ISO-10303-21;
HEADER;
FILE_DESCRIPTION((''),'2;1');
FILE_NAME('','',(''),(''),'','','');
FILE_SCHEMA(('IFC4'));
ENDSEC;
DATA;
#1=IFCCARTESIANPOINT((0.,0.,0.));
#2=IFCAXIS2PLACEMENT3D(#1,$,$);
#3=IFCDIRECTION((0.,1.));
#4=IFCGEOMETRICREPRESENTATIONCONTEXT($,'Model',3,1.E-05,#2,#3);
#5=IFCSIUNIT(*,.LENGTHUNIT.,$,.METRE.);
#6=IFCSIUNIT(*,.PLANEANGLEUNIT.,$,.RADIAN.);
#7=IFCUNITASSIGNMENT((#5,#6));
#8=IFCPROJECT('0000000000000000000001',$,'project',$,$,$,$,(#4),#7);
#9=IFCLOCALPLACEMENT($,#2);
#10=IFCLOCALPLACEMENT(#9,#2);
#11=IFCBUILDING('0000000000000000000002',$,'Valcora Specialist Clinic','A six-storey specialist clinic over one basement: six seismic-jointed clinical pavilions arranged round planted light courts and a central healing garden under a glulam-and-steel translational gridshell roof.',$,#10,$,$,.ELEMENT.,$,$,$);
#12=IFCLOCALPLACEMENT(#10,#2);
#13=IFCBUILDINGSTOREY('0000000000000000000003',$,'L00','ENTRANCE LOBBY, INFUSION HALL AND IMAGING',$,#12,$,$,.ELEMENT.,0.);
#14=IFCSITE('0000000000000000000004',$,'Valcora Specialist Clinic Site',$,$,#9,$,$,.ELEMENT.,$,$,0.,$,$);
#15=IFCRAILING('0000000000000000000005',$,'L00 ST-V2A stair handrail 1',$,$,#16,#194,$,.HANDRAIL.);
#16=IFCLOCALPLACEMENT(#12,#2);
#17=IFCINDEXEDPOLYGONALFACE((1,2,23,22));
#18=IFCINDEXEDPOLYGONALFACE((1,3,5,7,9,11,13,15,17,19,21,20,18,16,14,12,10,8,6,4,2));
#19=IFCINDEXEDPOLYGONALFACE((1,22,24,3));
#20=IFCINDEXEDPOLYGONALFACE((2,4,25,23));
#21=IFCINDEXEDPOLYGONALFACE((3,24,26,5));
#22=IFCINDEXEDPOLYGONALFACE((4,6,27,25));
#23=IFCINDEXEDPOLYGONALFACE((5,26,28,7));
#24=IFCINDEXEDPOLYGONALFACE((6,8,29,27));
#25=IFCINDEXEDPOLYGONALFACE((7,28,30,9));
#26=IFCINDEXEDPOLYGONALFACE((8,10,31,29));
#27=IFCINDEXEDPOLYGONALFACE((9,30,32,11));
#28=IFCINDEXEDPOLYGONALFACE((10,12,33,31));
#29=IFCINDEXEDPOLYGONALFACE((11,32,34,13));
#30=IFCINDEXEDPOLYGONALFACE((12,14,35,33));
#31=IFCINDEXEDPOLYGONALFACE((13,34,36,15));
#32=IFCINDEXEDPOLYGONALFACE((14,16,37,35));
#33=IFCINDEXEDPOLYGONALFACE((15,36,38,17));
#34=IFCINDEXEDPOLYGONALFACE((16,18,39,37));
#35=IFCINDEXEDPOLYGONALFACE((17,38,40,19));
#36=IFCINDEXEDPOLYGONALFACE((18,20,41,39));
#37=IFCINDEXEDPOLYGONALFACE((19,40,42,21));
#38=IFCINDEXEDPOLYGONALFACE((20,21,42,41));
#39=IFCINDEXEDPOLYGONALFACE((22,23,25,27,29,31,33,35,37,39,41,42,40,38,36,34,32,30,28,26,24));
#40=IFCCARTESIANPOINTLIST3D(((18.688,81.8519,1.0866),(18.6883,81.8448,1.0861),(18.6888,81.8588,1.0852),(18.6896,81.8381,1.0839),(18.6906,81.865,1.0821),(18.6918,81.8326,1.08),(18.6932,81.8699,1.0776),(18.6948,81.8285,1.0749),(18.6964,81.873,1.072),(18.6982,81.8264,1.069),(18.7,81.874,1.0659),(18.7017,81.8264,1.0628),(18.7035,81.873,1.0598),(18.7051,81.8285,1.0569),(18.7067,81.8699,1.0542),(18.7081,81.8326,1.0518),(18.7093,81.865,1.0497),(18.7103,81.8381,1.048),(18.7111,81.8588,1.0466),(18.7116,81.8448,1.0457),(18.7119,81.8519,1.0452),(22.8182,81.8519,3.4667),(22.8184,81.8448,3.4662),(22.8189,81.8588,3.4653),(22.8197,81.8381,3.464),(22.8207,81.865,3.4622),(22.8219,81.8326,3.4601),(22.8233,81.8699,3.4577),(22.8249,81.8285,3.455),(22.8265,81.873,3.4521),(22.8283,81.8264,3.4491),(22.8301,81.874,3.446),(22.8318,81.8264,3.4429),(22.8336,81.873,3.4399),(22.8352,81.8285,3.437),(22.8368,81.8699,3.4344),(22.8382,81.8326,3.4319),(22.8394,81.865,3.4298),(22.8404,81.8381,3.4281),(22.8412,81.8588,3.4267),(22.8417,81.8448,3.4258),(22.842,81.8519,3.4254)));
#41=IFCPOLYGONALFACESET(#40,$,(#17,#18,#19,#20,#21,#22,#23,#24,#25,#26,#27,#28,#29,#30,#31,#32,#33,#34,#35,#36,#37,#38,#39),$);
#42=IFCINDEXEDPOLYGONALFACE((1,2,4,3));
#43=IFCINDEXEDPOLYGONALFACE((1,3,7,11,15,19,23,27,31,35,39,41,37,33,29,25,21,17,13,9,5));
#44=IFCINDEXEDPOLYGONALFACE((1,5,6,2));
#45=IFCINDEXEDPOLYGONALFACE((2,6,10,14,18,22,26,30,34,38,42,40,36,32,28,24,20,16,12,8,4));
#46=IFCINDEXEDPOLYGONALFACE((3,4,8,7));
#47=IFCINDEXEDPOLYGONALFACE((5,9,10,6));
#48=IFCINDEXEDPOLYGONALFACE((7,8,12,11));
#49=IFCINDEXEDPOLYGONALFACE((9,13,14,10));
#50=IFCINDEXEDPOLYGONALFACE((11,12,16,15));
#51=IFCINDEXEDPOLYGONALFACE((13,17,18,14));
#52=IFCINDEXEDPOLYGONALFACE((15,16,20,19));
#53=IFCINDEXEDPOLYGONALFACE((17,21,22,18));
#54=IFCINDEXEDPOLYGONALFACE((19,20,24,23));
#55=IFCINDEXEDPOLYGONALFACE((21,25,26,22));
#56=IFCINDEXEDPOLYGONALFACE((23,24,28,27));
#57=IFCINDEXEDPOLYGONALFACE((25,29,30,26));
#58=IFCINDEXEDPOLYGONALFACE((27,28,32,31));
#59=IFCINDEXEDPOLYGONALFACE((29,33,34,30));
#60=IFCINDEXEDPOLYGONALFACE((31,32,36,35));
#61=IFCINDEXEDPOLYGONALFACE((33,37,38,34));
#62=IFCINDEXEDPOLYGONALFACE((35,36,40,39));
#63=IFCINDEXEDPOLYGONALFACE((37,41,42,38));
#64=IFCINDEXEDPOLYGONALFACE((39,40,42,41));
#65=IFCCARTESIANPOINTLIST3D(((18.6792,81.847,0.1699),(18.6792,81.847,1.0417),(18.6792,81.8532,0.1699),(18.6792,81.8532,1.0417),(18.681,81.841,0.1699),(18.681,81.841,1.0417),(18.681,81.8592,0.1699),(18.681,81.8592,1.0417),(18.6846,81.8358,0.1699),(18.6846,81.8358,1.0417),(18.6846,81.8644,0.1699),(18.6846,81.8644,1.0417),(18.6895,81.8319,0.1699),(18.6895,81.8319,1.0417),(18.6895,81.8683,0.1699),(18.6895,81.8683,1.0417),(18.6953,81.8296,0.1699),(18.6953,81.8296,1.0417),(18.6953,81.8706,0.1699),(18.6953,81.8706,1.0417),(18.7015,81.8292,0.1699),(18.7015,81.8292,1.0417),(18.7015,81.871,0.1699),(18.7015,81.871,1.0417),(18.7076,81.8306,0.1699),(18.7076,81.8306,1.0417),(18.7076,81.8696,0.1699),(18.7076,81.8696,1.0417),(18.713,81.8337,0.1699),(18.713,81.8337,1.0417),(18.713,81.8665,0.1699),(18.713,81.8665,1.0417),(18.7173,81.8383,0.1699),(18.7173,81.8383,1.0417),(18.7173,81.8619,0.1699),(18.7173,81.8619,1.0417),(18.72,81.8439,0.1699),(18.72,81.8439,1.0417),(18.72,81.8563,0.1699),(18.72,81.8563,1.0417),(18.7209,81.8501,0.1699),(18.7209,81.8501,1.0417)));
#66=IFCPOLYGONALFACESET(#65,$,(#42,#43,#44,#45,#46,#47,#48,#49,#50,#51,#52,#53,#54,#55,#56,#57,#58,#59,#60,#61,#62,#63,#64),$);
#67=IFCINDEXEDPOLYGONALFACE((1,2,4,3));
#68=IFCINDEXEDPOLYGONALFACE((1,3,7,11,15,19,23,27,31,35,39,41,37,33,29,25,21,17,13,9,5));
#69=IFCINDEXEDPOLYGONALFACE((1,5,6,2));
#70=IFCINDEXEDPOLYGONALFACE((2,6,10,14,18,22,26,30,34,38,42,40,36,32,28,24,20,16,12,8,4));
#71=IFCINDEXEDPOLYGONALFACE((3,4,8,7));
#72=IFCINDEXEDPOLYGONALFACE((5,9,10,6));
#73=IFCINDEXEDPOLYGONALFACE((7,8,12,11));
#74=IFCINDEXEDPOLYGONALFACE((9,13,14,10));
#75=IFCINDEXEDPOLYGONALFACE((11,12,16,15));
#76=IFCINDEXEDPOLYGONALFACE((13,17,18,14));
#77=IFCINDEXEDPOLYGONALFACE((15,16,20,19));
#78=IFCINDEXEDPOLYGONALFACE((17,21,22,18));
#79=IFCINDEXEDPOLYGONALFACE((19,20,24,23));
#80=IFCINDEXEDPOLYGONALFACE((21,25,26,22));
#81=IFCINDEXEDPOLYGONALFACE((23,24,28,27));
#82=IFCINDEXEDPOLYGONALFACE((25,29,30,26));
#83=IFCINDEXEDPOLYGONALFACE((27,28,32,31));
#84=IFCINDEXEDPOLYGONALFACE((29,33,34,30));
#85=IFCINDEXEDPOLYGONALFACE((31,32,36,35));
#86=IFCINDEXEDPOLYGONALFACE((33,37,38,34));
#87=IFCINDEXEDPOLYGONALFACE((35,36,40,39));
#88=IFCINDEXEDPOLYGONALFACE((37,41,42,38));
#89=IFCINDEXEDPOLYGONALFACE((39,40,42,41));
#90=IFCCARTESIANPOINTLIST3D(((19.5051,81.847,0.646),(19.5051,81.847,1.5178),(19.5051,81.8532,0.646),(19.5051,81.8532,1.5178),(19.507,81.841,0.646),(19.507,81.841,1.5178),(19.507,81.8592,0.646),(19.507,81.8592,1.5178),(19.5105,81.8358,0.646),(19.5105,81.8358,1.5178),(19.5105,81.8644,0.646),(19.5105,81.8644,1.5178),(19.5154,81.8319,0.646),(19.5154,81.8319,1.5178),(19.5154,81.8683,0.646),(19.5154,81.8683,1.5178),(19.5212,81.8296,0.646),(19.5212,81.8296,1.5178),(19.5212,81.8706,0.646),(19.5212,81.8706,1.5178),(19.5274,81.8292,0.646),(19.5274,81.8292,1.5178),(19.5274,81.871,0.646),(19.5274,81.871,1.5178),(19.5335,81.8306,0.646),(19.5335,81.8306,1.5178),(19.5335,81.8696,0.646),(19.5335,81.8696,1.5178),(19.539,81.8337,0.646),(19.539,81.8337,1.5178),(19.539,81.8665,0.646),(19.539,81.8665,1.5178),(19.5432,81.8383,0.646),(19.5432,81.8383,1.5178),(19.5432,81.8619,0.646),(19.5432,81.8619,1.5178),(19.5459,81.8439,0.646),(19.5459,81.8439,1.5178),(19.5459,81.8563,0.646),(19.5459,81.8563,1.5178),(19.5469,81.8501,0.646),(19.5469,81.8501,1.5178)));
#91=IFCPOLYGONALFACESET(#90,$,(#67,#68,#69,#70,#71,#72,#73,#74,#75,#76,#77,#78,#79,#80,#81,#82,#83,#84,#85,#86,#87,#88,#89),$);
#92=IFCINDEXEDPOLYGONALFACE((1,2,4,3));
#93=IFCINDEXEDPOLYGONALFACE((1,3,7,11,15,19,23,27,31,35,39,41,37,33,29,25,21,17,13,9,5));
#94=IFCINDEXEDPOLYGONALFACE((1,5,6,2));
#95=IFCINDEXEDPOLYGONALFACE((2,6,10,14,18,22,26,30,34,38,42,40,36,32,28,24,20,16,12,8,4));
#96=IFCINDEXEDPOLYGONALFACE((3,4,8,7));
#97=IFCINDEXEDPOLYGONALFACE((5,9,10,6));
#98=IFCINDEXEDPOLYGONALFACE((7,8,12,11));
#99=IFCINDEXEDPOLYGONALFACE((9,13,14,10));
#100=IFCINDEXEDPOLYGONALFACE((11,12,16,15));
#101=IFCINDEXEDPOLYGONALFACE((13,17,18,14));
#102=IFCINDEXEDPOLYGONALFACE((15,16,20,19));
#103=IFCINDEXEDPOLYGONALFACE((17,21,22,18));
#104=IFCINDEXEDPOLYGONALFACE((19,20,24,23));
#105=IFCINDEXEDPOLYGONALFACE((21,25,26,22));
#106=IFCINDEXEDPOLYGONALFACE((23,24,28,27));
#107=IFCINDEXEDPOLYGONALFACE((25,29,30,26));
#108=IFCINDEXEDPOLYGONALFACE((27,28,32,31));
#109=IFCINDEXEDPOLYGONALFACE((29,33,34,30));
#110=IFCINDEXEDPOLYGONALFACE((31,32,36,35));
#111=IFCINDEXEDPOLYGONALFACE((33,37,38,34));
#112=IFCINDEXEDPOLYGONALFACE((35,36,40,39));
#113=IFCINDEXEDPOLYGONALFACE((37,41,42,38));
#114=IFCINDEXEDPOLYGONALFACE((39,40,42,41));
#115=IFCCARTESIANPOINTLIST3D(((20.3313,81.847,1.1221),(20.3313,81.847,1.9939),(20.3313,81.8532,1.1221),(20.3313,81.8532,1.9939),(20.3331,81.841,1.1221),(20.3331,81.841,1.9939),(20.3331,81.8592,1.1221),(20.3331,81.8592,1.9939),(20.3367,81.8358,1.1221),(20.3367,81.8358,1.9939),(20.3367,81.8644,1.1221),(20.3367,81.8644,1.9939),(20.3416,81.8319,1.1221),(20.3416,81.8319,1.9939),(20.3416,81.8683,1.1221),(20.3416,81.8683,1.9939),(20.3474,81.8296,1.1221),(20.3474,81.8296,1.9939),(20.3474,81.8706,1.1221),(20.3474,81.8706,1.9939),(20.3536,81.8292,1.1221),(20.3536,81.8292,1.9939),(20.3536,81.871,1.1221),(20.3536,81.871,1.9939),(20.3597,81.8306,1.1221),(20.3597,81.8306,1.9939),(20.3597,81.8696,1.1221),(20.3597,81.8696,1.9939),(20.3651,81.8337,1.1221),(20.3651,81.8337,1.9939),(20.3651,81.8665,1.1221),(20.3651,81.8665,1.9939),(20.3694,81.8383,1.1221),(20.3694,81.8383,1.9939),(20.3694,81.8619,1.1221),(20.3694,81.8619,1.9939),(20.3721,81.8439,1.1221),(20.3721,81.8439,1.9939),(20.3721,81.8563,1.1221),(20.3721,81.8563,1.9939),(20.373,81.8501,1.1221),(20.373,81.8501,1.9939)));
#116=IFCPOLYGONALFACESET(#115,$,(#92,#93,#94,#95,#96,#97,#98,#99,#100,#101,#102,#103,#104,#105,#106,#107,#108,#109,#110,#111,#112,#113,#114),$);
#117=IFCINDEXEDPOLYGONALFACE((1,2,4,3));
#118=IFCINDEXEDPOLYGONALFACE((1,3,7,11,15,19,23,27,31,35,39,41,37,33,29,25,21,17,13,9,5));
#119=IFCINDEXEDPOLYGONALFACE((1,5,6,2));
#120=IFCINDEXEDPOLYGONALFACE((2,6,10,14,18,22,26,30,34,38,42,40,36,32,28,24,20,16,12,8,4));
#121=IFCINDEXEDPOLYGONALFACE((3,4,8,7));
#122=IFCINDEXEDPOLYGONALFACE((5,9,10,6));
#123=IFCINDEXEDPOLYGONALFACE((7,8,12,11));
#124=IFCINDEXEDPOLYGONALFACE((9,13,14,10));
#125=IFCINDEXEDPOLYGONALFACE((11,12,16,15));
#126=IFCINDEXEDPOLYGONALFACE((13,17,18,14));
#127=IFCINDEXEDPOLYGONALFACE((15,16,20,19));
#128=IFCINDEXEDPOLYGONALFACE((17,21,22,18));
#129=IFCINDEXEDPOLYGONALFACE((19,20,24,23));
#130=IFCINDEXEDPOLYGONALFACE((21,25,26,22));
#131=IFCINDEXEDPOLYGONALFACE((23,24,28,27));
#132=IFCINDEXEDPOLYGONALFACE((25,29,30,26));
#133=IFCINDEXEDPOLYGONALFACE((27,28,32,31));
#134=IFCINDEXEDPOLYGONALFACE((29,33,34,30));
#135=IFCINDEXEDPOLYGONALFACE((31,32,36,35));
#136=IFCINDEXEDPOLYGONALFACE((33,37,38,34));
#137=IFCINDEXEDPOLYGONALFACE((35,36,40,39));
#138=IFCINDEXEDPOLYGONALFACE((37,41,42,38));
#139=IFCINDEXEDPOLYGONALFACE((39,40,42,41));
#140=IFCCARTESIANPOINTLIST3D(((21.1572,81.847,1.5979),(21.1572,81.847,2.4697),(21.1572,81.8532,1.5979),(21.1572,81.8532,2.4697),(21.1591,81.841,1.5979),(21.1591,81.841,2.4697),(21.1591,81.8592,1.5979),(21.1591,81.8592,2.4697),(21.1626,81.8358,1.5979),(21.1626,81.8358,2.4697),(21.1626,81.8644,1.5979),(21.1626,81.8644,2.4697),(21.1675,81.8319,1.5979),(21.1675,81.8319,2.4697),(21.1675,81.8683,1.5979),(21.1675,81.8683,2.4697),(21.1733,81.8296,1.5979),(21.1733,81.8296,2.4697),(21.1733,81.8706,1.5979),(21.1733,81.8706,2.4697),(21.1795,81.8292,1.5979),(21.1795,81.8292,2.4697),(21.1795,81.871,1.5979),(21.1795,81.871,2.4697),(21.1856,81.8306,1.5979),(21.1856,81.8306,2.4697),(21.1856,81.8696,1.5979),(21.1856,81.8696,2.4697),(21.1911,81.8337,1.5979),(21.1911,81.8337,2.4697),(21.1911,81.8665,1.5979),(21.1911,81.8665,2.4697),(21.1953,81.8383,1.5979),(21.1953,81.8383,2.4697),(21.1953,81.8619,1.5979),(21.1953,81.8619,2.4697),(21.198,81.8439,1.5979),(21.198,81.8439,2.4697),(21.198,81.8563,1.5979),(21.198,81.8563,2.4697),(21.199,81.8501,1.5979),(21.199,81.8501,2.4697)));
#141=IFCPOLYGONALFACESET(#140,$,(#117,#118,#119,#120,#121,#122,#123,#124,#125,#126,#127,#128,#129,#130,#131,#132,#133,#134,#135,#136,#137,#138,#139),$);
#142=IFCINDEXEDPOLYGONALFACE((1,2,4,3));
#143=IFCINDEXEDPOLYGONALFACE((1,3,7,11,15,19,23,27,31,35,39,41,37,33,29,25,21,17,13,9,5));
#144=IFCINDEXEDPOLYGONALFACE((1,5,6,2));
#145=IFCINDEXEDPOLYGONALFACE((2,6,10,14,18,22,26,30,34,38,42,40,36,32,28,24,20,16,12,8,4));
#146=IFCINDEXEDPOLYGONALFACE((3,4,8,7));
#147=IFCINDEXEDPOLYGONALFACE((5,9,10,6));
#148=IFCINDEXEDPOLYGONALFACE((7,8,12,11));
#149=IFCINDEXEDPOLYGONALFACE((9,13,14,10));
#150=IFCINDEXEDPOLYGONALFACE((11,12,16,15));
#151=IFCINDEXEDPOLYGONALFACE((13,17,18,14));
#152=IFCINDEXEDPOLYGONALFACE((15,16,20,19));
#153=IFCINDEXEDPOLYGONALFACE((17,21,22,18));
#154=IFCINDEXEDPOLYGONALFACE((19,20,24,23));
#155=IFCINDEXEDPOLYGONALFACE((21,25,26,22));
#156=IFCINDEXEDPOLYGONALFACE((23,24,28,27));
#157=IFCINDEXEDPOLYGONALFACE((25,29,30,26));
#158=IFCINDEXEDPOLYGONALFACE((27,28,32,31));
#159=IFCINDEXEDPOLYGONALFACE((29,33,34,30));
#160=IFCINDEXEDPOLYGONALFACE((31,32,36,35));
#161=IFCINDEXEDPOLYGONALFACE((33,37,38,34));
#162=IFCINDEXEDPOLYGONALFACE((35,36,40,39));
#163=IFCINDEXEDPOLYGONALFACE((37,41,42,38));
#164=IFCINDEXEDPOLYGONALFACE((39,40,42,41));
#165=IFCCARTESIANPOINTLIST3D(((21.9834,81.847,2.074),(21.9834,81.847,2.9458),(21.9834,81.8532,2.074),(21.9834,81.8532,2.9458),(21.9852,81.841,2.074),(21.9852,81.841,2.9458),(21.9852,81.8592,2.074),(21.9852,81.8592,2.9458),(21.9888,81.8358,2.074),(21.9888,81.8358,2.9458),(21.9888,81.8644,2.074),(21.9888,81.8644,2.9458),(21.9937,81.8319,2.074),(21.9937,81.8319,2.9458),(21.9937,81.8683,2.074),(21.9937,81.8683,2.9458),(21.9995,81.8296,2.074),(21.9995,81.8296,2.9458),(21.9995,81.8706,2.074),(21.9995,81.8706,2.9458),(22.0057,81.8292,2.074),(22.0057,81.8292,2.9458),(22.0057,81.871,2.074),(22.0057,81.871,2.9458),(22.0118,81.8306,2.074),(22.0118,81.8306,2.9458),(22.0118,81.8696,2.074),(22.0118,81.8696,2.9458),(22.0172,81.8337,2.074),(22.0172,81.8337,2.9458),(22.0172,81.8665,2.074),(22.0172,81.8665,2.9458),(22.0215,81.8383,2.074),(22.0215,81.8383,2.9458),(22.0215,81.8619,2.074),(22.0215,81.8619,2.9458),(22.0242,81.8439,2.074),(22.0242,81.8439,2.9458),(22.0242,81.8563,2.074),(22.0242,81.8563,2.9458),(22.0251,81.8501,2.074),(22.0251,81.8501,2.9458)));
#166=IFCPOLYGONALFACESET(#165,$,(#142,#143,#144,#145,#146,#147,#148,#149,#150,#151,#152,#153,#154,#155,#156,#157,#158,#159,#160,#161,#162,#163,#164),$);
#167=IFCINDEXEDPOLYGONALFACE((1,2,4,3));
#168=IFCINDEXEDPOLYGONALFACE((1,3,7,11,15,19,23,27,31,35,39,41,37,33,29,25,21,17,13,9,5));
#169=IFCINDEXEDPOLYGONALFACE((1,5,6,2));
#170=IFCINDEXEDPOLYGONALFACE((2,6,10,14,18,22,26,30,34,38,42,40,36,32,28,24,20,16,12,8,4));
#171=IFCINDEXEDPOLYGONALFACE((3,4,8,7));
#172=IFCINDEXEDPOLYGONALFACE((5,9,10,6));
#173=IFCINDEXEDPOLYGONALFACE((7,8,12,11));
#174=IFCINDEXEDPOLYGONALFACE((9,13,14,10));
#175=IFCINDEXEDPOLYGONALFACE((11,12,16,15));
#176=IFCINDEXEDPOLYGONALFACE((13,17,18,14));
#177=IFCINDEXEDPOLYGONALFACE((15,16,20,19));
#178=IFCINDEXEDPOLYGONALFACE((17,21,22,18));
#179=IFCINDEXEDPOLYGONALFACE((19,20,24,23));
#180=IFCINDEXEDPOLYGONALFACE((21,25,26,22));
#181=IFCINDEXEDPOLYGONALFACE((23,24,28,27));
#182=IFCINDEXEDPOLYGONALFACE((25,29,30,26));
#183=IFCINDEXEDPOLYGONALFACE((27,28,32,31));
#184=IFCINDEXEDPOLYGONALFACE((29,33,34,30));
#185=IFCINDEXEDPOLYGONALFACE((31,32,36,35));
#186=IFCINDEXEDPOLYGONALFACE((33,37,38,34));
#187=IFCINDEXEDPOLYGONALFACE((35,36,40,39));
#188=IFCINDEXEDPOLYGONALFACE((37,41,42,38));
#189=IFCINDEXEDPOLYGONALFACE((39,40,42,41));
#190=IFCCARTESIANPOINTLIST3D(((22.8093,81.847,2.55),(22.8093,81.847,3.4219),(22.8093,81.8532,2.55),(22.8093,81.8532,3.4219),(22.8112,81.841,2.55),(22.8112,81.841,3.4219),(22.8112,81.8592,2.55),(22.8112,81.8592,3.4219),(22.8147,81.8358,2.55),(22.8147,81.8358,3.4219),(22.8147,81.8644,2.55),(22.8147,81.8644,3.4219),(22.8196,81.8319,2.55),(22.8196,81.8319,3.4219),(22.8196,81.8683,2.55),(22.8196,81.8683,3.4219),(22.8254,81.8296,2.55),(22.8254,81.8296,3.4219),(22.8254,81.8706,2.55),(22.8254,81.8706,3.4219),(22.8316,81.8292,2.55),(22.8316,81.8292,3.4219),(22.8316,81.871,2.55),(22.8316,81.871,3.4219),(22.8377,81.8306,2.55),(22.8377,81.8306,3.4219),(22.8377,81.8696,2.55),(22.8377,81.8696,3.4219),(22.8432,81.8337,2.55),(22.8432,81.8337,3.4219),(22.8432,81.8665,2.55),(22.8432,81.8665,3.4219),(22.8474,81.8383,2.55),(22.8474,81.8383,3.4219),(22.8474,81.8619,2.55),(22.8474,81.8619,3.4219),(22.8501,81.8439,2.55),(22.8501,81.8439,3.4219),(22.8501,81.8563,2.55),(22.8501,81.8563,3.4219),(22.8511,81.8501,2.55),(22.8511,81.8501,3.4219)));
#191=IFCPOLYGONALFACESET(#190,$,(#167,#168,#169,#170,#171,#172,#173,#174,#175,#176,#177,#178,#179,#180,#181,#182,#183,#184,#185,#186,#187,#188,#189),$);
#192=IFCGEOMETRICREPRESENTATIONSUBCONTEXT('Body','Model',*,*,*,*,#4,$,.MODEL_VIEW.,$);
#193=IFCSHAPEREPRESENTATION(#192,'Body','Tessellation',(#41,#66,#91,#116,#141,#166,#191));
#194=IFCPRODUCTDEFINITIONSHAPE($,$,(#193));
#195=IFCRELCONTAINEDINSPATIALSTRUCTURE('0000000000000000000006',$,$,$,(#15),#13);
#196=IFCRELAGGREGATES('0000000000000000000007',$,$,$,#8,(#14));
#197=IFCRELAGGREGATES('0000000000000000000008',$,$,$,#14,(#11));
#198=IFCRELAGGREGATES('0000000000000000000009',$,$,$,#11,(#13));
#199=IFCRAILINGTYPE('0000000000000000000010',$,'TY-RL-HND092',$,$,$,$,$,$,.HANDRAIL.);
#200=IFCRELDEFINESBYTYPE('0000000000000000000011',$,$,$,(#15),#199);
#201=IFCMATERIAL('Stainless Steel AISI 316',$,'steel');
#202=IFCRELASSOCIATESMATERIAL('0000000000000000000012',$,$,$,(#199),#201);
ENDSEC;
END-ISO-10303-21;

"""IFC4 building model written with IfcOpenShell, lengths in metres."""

from ifc_helpers import new_model, si_unit, direction, frame, origin, origin_2d, place, context, subcontext, project, spatial, circle, extrude, material, type_object, element, save


model = new_model("IFC4")

# Units and contexts
model_context = context("Model", 3, precision=1e-05, world=origin(), true_north=direction((0.0, 1.0)))
body_context = subcontext(model_context, "Body", "Model", "MODEL_VIEW")
ifc_project = project(units=[si_unit("LENGTHUNIT", "METRE"), si_unit("PLANEANGLEUNIT", "RADIAN")], contexts=[model_context])

# Site, building, storey
site_placement = place(None, origin())
site = spatial("IfcSite", under=ifc_project, at=site_placement, Name="Valcora Specialist Clinic Site", CompositionType="ELEMENT", RefElevation=0.0)
building_placement = place(site_placement, origin())
building = spatial("IfcBuilding", under=site, at=building_placement, Name="Valcora Specialist Clinic", Description="A six-storey specialist clinic over one basement: six seismic-jointed clinical pavilions arranged round planted light courts and a central healing garden under a glulam-and-steel translational gridshell roof.", CompositionType="ELEMENT")
storey_placement = place(building_placement, origin())
storey = spatial("IfcBuildingStorey", under=building, at=storey_placement, Name="L00", Description="ENTRANCE LOBBY, INFUSION HALL AND IMAGING", CompositionType="ELEMENT", Elevation=0.0)

# Railing
ifc_material_1 = material(Name="Stainless Steel AISI 316", Category="steel")
railing_type_1 = type_object("IfcRailingType", Name="TY-RL-HND092", PredefinedType="HANDRAIL", material=ifc_material_1)
railing_1_placement = place(storey_placement, frame((18.7, 81.8501, 0.1699)))
element("IfcRailing", 1, at=railing_1_placement, inside=storey, type_object=railing_type_1, Name="L00 ST-V2A stair handrail 1", PredefinedType="HANDRAIL", context=body_context, shape_type="SweptSolid", body=[
    extrude(circle(Radius=0.0239, at=origin_2d()), frame((0.0, 0.0, 0.896), z_axis=(0.866425, 0.0, 0.499307), x_axis=(0.0, 1.0, 0.0)), (0.0, 0.0, 1.0), 4.7668),
    extrude(circle(Radius=0.021, at=origin_2d()), origin(), (0.0, 0.0, 1.0), 0.8718),
    extrude(circle(Radius=0.021, at=origin_2d()), frame((0.8259, 0.0, 0.4761)), (0.0, 0.0, 1.0), 0.8718),
    extrude(circle(Radius=0.021, at=origin_2d()), frame((1.6521, 0.0, 0.9521)), (0.0, 0.0, 1.0), 0.8718),
    extrude(circle(Radius=0.021, at=origin_2d()), frame((2.478, 0.0, 1.428)), (0.0, 0.0, 1.0), 0.8718),
    extrude(circle(Radius=0.021, at=origin_2d()), frame((3.3042, 0.0, 1.9041)), (0.0, 0.0, 1.0), 0.8718),
    extrude(circle(Radius=0.021, at=origin_2d()), frame((4.1301, 0.0, 2.3801)), (0.0, 0.0, 1.0), 0.8718),
])

save(model, "model.ifc")
